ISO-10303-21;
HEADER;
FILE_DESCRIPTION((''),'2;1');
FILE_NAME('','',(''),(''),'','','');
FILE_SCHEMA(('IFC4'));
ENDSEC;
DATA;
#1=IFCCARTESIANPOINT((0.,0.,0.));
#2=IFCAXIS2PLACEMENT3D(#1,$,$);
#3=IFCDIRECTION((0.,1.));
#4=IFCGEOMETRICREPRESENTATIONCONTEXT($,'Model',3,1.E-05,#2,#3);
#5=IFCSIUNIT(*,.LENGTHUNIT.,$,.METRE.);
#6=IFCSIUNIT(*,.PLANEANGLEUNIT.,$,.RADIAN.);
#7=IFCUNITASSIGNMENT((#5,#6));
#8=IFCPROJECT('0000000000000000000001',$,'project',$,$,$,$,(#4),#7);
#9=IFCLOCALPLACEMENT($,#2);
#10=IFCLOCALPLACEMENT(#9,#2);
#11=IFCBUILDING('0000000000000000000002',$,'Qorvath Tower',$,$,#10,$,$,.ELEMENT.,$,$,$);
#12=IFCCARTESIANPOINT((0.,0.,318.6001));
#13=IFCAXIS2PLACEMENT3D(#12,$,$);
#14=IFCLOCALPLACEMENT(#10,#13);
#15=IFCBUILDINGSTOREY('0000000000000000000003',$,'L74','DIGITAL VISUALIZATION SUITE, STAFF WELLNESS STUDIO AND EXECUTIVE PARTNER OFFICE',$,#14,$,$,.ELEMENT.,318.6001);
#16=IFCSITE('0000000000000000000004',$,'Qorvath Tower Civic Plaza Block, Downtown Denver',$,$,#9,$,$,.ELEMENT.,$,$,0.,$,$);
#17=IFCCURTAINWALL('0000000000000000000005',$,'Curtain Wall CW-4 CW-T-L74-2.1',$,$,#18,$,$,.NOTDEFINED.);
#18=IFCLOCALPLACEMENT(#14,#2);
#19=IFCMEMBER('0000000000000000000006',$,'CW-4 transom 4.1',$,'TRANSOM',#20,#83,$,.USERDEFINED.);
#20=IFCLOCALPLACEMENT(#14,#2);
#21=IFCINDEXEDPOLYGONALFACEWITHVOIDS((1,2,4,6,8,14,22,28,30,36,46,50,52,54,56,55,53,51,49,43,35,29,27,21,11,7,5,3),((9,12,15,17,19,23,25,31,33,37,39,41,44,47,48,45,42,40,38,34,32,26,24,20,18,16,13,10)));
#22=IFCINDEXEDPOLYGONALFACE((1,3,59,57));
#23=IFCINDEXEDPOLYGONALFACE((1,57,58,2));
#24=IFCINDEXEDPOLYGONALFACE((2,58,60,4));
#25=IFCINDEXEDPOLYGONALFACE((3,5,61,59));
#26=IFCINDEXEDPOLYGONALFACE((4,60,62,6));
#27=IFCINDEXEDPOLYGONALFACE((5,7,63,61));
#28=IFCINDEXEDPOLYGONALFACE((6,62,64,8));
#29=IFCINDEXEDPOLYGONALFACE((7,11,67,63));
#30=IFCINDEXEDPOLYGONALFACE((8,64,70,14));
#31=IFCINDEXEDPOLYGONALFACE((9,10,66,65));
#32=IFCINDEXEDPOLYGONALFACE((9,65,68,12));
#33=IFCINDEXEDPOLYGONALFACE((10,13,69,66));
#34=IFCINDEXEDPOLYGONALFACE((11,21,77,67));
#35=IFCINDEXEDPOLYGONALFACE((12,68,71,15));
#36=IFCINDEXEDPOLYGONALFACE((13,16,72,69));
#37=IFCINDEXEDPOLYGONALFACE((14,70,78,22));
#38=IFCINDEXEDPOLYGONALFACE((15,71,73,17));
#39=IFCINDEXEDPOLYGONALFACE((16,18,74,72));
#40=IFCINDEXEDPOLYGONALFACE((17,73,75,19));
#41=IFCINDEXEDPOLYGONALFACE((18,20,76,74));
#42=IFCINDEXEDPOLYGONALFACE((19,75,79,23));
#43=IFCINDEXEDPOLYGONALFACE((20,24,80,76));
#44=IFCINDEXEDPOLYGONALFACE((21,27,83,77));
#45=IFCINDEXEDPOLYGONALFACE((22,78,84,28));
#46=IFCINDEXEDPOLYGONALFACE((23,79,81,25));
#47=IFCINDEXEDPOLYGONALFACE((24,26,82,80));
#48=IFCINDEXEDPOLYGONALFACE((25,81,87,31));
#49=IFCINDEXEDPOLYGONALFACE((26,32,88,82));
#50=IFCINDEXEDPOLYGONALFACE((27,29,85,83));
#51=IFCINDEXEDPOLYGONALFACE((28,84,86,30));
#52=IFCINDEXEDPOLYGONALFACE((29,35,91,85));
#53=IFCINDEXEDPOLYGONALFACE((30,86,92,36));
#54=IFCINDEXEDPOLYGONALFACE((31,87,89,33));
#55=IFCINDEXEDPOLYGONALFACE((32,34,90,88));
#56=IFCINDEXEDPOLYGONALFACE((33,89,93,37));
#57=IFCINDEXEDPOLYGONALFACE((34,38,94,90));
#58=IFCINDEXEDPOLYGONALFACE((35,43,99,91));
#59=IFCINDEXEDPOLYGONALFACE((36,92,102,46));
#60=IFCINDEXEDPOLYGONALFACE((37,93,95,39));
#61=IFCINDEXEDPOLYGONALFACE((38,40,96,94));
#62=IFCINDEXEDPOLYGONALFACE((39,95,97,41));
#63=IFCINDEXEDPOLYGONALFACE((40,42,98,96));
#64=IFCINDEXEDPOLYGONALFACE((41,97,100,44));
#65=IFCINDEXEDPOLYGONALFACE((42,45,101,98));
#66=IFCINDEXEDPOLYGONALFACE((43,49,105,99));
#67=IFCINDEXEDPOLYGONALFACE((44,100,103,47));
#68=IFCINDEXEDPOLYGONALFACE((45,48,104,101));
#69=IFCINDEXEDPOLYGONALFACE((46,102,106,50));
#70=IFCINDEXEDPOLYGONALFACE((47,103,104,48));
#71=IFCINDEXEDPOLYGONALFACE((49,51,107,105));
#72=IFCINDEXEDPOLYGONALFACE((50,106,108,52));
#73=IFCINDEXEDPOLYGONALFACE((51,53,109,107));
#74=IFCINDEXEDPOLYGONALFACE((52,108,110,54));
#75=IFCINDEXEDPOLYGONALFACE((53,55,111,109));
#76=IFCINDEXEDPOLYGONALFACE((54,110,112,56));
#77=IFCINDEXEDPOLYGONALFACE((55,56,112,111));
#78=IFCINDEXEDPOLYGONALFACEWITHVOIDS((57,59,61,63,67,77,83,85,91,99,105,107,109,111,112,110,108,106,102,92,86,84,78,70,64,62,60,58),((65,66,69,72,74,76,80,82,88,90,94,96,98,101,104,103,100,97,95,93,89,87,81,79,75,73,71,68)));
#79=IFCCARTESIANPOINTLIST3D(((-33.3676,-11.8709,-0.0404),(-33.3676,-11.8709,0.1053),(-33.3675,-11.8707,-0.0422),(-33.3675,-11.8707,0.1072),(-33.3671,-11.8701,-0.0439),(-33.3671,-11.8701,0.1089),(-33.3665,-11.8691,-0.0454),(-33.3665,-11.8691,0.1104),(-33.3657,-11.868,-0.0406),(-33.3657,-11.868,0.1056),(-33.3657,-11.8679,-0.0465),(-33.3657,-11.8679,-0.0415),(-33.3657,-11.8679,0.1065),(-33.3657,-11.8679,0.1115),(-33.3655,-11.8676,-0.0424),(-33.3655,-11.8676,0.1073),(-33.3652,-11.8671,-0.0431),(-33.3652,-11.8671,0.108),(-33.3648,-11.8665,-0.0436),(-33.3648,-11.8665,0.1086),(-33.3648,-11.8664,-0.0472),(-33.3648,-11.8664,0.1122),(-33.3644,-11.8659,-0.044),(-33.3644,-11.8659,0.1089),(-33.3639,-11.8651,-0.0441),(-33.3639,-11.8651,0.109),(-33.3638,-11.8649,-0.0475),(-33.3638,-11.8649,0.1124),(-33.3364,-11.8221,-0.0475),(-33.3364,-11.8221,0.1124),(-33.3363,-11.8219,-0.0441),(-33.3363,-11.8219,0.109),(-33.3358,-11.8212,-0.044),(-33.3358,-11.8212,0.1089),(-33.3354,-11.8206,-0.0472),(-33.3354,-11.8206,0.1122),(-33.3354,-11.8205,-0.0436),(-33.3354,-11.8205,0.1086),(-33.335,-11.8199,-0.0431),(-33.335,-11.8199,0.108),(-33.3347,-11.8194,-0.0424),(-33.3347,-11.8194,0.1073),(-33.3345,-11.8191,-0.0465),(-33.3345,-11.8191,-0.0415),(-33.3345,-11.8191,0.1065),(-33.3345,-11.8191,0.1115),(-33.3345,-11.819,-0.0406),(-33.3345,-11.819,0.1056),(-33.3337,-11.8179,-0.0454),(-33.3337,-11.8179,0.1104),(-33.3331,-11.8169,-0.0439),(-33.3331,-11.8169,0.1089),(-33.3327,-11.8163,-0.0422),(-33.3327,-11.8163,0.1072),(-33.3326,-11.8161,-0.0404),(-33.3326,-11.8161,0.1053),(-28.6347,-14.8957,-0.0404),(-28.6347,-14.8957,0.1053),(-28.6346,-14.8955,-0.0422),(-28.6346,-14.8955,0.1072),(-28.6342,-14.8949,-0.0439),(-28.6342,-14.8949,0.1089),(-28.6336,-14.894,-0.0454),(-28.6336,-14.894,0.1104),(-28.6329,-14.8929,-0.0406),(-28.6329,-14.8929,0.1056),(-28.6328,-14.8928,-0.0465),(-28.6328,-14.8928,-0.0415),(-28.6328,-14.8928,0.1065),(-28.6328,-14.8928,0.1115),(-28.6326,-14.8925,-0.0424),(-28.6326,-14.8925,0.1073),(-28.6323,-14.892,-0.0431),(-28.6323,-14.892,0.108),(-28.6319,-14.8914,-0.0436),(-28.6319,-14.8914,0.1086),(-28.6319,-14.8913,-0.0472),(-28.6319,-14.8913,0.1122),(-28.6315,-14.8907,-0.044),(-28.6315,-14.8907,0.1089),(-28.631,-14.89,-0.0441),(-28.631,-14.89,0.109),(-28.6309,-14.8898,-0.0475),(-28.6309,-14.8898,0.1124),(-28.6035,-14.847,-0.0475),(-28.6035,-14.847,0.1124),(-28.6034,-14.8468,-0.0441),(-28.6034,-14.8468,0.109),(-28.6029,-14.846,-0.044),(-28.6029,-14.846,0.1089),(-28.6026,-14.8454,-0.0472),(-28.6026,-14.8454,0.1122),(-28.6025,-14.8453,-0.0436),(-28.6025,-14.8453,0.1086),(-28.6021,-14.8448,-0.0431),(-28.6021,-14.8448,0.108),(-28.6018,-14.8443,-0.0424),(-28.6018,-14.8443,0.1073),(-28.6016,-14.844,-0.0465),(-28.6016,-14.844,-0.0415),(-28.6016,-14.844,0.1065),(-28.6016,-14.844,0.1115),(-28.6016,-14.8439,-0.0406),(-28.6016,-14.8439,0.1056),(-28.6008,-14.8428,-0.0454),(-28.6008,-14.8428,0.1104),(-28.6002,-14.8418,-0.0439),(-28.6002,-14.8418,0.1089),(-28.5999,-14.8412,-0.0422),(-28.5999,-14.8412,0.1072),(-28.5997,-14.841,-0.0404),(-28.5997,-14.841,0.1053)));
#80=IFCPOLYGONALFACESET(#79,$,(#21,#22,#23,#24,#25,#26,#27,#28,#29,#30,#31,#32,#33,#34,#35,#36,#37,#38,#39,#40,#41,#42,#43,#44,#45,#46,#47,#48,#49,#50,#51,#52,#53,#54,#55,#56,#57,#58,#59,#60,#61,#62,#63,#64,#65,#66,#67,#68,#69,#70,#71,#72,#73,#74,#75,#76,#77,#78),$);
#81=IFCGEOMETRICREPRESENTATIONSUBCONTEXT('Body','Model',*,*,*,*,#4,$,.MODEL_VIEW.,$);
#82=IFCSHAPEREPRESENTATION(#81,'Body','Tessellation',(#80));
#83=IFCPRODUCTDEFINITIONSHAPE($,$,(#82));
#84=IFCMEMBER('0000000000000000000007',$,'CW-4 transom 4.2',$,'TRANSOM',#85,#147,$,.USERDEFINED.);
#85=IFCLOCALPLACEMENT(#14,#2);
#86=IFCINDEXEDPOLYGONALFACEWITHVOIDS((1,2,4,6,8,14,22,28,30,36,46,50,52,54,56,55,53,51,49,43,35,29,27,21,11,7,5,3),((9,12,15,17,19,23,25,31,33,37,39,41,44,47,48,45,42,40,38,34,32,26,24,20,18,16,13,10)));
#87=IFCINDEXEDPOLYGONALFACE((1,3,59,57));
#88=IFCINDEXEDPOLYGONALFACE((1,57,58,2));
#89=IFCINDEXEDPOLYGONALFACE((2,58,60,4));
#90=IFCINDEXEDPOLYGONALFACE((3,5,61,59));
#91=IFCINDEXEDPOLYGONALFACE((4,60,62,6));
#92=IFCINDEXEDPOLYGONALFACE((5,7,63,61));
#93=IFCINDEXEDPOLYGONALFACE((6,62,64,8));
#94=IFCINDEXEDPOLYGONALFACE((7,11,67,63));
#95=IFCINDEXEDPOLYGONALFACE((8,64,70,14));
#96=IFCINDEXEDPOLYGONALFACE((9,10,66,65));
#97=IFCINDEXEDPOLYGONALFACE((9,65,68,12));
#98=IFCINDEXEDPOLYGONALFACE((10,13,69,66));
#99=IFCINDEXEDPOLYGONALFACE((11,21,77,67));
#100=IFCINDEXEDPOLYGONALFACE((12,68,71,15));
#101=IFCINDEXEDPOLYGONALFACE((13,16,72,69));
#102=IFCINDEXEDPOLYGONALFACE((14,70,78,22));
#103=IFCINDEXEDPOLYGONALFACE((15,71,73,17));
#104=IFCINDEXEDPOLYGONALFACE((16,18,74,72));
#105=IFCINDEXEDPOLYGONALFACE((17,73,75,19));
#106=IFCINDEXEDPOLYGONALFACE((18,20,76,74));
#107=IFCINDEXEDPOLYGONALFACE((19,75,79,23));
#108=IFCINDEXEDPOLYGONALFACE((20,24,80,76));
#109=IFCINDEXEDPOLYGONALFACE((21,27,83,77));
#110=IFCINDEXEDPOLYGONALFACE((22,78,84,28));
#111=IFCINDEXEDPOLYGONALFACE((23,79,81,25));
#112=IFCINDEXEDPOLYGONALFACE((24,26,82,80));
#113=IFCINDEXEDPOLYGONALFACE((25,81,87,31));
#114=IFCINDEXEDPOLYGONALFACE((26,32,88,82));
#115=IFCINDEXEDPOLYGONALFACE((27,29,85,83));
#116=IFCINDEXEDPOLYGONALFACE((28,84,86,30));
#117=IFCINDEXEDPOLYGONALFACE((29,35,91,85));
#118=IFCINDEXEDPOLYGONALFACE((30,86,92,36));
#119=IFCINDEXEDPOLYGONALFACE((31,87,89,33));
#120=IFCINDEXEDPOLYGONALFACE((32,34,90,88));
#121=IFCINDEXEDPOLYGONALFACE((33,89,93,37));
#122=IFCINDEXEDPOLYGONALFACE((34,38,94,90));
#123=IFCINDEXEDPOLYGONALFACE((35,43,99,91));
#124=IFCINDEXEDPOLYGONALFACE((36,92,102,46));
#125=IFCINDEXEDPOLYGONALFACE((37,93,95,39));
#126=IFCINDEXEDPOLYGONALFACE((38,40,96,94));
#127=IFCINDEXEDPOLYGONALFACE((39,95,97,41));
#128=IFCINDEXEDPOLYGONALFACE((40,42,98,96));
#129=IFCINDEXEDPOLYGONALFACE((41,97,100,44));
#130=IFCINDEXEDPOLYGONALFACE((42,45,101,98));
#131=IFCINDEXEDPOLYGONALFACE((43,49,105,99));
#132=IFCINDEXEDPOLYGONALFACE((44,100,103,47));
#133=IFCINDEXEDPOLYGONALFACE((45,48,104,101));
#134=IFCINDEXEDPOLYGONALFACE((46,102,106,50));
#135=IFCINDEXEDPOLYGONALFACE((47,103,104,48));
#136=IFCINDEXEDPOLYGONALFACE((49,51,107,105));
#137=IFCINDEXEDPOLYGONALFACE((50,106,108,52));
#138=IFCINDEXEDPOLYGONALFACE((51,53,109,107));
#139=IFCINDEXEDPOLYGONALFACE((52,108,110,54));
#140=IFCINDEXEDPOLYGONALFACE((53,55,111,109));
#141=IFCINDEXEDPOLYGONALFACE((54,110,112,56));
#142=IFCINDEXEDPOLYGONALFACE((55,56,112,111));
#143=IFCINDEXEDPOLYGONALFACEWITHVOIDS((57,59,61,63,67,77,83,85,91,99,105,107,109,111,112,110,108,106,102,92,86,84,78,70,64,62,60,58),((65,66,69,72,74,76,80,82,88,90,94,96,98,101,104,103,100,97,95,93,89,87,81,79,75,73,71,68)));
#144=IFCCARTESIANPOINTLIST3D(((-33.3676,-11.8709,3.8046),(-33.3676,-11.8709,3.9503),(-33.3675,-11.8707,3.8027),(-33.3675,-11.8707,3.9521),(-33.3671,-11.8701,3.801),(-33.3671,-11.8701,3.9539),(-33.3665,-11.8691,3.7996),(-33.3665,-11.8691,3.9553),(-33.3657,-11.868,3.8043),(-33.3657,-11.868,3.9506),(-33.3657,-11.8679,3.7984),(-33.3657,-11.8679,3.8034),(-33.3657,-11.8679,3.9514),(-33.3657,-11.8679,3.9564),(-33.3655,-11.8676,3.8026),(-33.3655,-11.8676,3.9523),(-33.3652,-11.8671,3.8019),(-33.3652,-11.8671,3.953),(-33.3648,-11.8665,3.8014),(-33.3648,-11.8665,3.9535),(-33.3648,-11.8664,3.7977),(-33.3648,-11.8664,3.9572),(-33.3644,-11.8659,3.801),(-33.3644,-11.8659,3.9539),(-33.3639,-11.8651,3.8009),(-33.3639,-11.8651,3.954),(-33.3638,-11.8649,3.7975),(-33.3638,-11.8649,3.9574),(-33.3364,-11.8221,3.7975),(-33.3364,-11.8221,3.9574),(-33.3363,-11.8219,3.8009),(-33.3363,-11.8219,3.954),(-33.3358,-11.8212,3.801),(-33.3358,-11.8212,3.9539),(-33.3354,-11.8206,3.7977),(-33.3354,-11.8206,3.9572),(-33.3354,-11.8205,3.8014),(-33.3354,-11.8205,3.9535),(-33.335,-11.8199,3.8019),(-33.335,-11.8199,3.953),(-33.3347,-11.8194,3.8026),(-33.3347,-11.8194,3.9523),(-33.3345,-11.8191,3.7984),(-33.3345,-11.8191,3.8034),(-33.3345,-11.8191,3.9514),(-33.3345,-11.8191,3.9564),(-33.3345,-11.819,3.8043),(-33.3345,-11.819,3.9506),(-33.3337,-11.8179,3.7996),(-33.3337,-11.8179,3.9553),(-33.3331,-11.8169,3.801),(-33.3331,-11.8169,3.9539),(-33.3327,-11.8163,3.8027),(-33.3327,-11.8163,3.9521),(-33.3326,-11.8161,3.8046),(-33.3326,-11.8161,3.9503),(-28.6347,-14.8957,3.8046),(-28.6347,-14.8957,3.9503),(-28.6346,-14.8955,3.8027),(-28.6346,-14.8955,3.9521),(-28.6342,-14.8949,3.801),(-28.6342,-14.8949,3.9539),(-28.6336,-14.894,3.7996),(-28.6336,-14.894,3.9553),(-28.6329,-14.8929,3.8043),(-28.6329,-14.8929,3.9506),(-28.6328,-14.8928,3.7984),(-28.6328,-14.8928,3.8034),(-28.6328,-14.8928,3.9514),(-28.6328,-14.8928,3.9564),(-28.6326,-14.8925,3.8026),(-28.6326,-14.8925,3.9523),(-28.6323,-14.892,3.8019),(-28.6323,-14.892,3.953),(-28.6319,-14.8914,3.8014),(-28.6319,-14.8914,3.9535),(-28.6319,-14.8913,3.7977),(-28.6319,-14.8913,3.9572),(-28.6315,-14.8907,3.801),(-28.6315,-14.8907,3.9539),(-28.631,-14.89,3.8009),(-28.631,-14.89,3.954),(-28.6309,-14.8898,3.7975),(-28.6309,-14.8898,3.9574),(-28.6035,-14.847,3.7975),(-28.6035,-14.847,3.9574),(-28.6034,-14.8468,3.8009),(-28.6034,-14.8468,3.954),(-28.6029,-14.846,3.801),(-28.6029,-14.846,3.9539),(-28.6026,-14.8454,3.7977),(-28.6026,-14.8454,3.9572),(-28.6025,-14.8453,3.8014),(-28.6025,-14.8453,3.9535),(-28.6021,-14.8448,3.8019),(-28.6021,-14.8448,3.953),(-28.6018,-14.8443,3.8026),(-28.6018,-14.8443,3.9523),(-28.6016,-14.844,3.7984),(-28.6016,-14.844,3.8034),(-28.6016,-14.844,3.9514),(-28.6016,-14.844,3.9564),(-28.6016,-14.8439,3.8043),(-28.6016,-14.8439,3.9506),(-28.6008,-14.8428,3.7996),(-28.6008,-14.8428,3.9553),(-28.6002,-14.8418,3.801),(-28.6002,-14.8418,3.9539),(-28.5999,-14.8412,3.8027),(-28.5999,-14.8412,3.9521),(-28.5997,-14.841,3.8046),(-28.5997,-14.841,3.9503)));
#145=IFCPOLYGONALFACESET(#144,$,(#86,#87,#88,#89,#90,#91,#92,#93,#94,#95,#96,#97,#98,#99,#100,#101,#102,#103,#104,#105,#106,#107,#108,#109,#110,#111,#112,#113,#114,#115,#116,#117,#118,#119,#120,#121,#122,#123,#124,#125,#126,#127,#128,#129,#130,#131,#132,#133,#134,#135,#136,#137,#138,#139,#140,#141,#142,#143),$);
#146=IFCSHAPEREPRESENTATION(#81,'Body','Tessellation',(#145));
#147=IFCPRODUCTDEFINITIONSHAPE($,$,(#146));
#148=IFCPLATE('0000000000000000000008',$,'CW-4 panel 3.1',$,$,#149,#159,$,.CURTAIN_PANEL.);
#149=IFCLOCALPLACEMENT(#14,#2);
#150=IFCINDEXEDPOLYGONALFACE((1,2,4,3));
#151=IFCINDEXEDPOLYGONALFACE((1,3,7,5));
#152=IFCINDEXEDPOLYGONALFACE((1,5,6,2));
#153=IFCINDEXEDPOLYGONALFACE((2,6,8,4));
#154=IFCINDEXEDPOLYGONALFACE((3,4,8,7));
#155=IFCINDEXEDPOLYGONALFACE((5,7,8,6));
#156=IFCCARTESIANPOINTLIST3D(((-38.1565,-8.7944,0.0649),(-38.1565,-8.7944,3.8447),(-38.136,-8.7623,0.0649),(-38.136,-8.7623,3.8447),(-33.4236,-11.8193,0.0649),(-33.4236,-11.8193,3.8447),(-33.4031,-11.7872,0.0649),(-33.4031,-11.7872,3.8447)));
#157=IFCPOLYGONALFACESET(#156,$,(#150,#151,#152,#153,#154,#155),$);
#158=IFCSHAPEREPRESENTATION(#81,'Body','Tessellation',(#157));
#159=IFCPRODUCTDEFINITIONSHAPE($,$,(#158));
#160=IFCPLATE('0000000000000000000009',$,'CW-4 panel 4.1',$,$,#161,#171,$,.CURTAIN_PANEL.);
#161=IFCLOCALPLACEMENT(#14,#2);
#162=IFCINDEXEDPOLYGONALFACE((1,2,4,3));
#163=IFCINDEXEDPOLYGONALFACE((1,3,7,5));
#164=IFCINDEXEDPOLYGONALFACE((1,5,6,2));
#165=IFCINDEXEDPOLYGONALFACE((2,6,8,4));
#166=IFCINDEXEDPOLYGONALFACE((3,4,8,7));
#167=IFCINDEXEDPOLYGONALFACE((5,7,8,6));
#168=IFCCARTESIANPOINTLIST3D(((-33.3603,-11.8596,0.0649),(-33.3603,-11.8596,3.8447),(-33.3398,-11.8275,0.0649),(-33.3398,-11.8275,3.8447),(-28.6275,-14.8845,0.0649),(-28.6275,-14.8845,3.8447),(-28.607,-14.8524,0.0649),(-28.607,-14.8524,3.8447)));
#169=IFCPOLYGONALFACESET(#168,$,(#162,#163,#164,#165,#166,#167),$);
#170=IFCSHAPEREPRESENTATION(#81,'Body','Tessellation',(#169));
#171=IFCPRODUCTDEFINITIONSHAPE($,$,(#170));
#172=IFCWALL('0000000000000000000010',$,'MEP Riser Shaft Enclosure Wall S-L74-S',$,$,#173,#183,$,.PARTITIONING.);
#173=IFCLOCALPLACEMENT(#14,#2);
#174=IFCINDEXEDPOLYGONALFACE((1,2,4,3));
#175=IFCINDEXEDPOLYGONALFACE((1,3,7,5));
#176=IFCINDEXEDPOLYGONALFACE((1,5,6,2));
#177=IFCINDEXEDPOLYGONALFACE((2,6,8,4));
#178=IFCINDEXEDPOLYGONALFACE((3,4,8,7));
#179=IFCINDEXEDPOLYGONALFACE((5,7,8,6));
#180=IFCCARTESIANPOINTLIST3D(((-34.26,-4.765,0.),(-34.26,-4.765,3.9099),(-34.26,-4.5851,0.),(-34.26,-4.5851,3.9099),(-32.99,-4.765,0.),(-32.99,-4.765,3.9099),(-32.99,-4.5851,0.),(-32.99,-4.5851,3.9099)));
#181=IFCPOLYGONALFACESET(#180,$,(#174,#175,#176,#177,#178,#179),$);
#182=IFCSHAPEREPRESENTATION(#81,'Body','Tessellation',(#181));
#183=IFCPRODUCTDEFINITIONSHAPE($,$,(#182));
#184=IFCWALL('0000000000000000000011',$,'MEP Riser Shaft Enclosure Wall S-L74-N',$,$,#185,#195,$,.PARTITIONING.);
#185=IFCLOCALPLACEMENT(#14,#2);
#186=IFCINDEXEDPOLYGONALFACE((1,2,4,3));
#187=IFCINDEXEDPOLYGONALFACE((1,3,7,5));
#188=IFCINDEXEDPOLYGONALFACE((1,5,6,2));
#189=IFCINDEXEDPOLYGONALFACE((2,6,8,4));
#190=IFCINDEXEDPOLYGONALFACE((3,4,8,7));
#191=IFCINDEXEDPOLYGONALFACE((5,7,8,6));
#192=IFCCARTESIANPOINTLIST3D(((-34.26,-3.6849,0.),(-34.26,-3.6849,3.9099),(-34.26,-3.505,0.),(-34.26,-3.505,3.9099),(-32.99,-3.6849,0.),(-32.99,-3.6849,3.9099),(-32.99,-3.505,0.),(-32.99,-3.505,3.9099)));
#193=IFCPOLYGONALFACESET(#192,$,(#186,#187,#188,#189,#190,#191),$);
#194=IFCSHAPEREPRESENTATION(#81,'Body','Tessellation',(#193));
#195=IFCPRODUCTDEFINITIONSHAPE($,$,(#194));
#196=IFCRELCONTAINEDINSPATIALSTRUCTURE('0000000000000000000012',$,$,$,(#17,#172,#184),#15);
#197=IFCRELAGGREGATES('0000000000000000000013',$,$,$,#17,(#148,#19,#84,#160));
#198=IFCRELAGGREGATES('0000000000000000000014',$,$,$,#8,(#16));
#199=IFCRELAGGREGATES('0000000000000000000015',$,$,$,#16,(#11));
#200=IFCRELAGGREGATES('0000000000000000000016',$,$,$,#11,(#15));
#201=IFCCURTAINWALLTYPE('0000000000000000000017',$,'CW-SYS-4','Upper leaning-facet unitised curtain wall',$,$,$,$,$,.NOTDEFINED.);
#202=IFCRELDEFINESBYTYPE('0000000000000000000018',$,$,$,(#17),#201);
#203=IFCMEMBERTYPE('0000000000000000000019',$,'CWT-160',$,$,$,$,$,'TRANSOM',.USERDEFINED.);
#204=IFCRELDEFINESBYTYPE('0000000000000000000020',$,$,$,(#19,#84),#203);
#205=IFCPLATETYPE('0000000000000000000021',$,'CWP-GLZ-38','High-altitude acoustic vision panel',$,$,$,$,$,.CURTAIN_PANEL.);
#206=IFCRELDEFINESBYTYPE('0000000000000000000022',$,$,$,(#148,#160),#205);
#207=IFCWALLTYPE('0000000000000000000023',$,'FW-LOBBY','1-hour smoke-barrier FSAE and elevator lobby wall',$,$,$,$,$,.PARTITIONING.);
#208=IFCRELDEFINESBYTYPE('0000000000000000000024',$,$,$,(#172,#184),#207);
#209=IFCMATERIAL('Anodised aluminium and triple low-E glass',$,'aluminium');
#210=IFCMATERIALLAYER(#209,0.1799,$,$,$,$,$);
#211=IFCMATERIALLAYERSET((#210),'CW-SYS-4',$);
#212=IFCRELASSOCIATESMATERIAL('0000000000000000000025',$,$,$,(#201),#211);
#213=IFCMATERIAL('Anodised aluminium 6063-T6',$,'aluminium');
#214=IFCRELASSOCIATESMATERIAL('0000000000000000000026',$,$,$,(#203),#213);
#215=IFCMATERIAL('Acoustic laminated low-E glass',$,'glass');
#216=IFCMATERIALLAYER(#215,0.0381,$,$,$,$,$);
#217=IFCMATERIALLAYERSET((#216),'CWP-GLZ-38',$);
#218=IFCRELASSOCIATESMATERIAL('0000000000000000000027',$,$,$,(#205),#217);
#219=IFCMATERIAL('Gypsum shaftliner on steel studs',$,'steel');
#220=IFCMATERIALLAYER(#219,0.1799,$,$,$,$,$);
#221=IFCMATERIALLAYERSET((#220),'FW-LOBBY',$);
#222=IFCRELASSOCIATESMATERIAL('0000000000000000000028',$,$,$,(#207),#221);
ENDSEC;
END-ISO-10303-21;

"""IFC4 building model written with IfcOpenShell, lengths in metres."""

from ifc_helpers import new_model, si_unit, direction, frame, frame_2d, origin, origin_2d, place, context, subcontext, project, spatial, rectangle, hollow_rectangle, extrude, material, layer, layer_set, material_profile, profile_set, type_object, element, aggregate, save


model = new_model("IFC4")

# Units and contexts
model_context = context("Model", 3, precision=1e-05, world=origin(), true_north=direction((0.0, 1.0)))
body_context = subcontext(model_context, "Body", "Model", "MODEL_VIEW")
ifc_project = project(units=[si_unit("LENGTHUNIT", "METRE"), si_unit("PLANEANGLEUNIT", "RADIAN")], contexts=[model_context])

# Site, building, storey
site_placement = place(None, origin())
site = spatial("IfcSite", under=ifc_project, at=site_placement, Name="Qorvath Tower Civic Plaza Block, Downtown Denver", CompositionType="ELEMENT", RefElevation=0.0)
building_placement = place(site_placement, origin())
building = spatial("IfcBuilding", under=site, at=building_placement, Name="Qorvath Tower", CompositionType="ELEMENT")
storey_placement = place(building_placement, frame((0.0, 0.0, 318.6001)))
storey = spatial("IfcBuildingStorey", under=building, at=storey_placement, Name="L74", Description="DIGITAL VISUALIZATION SUITE, STAFF WELLNESS STUDIO AND EXECUTIVE PARTNER OFFICE", CompositionType="ELEMENT", Elevation=318.6001)

# Curtain wall, members, plates
ifc_material_1 = material(Name="Anodised aluminium and triple low-E glass", Category="aluminium")
ifc_layer_1 = layer(ifc_material_1, 0.1799)
ifc_layer_set_1 = layer_set([ifc_layer_1], Name="CW-SYS-4")
curtain_wall_type = type_object("IfcCurtainWallType", Name="CW-SYS-4", Description="Upper leaning-facet unitised curtain wall", PredefinedType="NOTDEFINED", material=ifc_layer_set_1)
curtain_wall_placement = place(storey_placement, origin())
curtain_wall = element("IfcCurtainWall", 1, at=curtain_wall_placement, inside=storey, type_object=curtain_wall_type, Name="Curtain Wall CW-4 CW-T-L74-2.1", PredefinedType="NOTDEFINED")
ifc_material_2 = material(Name="Anodised aluminium 6063-T6", Category="aluminium")
ifc_material_profile_1 = material_profile(ifc_material_2, hollow_rectangle(XDim=0.0649, YDim=0.1599, WallThickness=0.0034, InnerFilletRadius=0.0034, OuterFilletRadius=0.0071, at=origin_2d()), Name="CWT 160x65")
ifc_profile_set_1 = profile_set([ifc_material_profile_1], Name="Anodised aluminium 6063-T6")
member_type_1 = type_object("IfcMemberType", Name="CWT-160", ElementType="TRANSOM", PredefinedType="USERDEFINED", material=ifc_profile_set_1)
member_1_placement = place(storey_placement, frame((-33.3501, -11.8435, 0.0325), z_axis=(0.842608, -0.538528, 0.0), x_axis=(0.538528, 0.842608, 0.0)))
member_1 = element("IfcMember", 2, at=member_1_placement, type_object=member_type_1, Name="CW-4 transom 4.1", ObjectType="TRANSOM", PredefinedType="USERDEFINED", context=body_context, shape_type="SweptSolid", body=[
    extrude(hollow_rectangle(XDim=0.0649, YDim=0.1599, WallThickness=0.0034, InnerFilletRadius=0.0034, OuterFilletRadius=0.0071, at=origin_2d()), origin(), (0.0, 0.0, 1.0), 5.6169),
])
member_2_placement = place(storey_placement, frame((-33.3501, -11.8435, 3.8774), z_axis=(0.842608, -0.538528, 0.0), x_axis=(0.538528, 0.842608, 0.0)))
member_2 = element("IfcMember", 3, at=member_2_placement, type_object=member_type_1, Name="CW-4 transom 4.2", ObjectType="TRANSOM", PredefinedType="USERDEFINED", context=body_context, shape_type="SweptSolid", body=[
    extrude(hollow_rectangle(XDim=0.0649, YDim=0.1599, WallThickness=0.0034, InnerFilletRadius=0.0034, OuterFilletRadius=0.0071, at=origin_2d()), origin(), (0.0, 0.0, 1.0), 5.6169),
])
ifc_material_3 = material(Name="Acoustic laminated low-E glass", Category="glass")
ifc_layer_2 = layer(ifc_material_3, 0.0381)
ifc_layer_set_2 = layer_set([ifc_layer_2], Name="CWP-GLZ-38")
plate_type = type_object("IfcPlateType", Name="CWP-GLZ-38", Description="High-altitude acoustic vision panel", PredefinedType="CURTAIN_PANEL", material=ifc_layer_set_2)
plate_1_placement = place(storey_placement, frame((-35.7798, -10.2908, 0.0649), z_axis=(0.0, 0.0, 1.0), x_axis=(0.842605, -0.538532, 0.0)))
plate_1 = element("IfcPlate", 4, at=plate_1_placement, type_object=plate_type, Name="CW-4 panel 3.1", PredefinedType="CURTAIN_PANEL", context=body_context, shape_type="SweptSolid", body=[
    extrude(rectangle(XDim=5.6169, YDim=0.0381, at=origin_2d()), origin(), (0.0, 0.0, 1.0), 3.7798),
])
plate_2_placement = place(storey_placement, frame((-30.9836, -13.356, 0.0649), z_axis=(0.0, 0.0, 1.0), x_axis=(0.842605, -0.538532, 0.0)))
plate_2 = element("IfcPlate", 5, at=plate_2_placement, type_object=plate_type, Name="CW-4 panel 4.1", PredefinedType="CURTAIN_PANEL", context=body_context, shape_type="SweptSolid", body=[
    extrude(rectangle(XDim=5.6169, YDim=0.0381, at=origin_2d()), origin(), (0.0, 0.0, 1.0), 3.7798),
])
aggregate(curtain_wall, [plate_1, member_1, member_2, plate_2])

# Walls
ifc_material_4 = material(Name="Gypsum shaftliner on steel studs", Category="steel")
ifc_layer_3 = layer(ifc_material_4, 0.1799)
ifc_layer_set_3 = layer_set([ifc_layer_3], Name="FW-LOBBY")
wall_type_1 = type_object("IfcWallType", Name="FW-LOBBY", Description="1-hour smoke-barrier FSAE and elevator lobby wall", PredefinedType="PARTITIONING", material=ifc_layer_set_3)
for number, where, z_axis, x_axis, name in (
    (6, (-32.99, -4.675, 0.0), (0.0, 0.0, 1.0), (-1.0, 0.0, 0.0), "MEP Riser Shaft Enclosure Wall S-L74-S"),
    (7, (-34.26, -3.595, 0.0), (0.0, 0.0, 1.0), (1.0, 0.0, 0.0), "MEP Riser Shaft Enclosure Wall S-L74-N"),
):
    element("IfcWall", number, at=place(storey_placement, frame(where, z_axis=z_axis, x_axis=x_axis)), inside=storey, type_object=wall_type_1, Name=name, PredefinedType="PARTITIONING", context=body_context, shape_type="SweptSolid", body=[
        extrude(rectangle(XDim=1.27, YDim=0.1799, at=frame_2d((0.635, 0.0))), origin(), (0.0, 0.0, 1.0), 3.9099),
    ])

save(model, "model.ifc")
